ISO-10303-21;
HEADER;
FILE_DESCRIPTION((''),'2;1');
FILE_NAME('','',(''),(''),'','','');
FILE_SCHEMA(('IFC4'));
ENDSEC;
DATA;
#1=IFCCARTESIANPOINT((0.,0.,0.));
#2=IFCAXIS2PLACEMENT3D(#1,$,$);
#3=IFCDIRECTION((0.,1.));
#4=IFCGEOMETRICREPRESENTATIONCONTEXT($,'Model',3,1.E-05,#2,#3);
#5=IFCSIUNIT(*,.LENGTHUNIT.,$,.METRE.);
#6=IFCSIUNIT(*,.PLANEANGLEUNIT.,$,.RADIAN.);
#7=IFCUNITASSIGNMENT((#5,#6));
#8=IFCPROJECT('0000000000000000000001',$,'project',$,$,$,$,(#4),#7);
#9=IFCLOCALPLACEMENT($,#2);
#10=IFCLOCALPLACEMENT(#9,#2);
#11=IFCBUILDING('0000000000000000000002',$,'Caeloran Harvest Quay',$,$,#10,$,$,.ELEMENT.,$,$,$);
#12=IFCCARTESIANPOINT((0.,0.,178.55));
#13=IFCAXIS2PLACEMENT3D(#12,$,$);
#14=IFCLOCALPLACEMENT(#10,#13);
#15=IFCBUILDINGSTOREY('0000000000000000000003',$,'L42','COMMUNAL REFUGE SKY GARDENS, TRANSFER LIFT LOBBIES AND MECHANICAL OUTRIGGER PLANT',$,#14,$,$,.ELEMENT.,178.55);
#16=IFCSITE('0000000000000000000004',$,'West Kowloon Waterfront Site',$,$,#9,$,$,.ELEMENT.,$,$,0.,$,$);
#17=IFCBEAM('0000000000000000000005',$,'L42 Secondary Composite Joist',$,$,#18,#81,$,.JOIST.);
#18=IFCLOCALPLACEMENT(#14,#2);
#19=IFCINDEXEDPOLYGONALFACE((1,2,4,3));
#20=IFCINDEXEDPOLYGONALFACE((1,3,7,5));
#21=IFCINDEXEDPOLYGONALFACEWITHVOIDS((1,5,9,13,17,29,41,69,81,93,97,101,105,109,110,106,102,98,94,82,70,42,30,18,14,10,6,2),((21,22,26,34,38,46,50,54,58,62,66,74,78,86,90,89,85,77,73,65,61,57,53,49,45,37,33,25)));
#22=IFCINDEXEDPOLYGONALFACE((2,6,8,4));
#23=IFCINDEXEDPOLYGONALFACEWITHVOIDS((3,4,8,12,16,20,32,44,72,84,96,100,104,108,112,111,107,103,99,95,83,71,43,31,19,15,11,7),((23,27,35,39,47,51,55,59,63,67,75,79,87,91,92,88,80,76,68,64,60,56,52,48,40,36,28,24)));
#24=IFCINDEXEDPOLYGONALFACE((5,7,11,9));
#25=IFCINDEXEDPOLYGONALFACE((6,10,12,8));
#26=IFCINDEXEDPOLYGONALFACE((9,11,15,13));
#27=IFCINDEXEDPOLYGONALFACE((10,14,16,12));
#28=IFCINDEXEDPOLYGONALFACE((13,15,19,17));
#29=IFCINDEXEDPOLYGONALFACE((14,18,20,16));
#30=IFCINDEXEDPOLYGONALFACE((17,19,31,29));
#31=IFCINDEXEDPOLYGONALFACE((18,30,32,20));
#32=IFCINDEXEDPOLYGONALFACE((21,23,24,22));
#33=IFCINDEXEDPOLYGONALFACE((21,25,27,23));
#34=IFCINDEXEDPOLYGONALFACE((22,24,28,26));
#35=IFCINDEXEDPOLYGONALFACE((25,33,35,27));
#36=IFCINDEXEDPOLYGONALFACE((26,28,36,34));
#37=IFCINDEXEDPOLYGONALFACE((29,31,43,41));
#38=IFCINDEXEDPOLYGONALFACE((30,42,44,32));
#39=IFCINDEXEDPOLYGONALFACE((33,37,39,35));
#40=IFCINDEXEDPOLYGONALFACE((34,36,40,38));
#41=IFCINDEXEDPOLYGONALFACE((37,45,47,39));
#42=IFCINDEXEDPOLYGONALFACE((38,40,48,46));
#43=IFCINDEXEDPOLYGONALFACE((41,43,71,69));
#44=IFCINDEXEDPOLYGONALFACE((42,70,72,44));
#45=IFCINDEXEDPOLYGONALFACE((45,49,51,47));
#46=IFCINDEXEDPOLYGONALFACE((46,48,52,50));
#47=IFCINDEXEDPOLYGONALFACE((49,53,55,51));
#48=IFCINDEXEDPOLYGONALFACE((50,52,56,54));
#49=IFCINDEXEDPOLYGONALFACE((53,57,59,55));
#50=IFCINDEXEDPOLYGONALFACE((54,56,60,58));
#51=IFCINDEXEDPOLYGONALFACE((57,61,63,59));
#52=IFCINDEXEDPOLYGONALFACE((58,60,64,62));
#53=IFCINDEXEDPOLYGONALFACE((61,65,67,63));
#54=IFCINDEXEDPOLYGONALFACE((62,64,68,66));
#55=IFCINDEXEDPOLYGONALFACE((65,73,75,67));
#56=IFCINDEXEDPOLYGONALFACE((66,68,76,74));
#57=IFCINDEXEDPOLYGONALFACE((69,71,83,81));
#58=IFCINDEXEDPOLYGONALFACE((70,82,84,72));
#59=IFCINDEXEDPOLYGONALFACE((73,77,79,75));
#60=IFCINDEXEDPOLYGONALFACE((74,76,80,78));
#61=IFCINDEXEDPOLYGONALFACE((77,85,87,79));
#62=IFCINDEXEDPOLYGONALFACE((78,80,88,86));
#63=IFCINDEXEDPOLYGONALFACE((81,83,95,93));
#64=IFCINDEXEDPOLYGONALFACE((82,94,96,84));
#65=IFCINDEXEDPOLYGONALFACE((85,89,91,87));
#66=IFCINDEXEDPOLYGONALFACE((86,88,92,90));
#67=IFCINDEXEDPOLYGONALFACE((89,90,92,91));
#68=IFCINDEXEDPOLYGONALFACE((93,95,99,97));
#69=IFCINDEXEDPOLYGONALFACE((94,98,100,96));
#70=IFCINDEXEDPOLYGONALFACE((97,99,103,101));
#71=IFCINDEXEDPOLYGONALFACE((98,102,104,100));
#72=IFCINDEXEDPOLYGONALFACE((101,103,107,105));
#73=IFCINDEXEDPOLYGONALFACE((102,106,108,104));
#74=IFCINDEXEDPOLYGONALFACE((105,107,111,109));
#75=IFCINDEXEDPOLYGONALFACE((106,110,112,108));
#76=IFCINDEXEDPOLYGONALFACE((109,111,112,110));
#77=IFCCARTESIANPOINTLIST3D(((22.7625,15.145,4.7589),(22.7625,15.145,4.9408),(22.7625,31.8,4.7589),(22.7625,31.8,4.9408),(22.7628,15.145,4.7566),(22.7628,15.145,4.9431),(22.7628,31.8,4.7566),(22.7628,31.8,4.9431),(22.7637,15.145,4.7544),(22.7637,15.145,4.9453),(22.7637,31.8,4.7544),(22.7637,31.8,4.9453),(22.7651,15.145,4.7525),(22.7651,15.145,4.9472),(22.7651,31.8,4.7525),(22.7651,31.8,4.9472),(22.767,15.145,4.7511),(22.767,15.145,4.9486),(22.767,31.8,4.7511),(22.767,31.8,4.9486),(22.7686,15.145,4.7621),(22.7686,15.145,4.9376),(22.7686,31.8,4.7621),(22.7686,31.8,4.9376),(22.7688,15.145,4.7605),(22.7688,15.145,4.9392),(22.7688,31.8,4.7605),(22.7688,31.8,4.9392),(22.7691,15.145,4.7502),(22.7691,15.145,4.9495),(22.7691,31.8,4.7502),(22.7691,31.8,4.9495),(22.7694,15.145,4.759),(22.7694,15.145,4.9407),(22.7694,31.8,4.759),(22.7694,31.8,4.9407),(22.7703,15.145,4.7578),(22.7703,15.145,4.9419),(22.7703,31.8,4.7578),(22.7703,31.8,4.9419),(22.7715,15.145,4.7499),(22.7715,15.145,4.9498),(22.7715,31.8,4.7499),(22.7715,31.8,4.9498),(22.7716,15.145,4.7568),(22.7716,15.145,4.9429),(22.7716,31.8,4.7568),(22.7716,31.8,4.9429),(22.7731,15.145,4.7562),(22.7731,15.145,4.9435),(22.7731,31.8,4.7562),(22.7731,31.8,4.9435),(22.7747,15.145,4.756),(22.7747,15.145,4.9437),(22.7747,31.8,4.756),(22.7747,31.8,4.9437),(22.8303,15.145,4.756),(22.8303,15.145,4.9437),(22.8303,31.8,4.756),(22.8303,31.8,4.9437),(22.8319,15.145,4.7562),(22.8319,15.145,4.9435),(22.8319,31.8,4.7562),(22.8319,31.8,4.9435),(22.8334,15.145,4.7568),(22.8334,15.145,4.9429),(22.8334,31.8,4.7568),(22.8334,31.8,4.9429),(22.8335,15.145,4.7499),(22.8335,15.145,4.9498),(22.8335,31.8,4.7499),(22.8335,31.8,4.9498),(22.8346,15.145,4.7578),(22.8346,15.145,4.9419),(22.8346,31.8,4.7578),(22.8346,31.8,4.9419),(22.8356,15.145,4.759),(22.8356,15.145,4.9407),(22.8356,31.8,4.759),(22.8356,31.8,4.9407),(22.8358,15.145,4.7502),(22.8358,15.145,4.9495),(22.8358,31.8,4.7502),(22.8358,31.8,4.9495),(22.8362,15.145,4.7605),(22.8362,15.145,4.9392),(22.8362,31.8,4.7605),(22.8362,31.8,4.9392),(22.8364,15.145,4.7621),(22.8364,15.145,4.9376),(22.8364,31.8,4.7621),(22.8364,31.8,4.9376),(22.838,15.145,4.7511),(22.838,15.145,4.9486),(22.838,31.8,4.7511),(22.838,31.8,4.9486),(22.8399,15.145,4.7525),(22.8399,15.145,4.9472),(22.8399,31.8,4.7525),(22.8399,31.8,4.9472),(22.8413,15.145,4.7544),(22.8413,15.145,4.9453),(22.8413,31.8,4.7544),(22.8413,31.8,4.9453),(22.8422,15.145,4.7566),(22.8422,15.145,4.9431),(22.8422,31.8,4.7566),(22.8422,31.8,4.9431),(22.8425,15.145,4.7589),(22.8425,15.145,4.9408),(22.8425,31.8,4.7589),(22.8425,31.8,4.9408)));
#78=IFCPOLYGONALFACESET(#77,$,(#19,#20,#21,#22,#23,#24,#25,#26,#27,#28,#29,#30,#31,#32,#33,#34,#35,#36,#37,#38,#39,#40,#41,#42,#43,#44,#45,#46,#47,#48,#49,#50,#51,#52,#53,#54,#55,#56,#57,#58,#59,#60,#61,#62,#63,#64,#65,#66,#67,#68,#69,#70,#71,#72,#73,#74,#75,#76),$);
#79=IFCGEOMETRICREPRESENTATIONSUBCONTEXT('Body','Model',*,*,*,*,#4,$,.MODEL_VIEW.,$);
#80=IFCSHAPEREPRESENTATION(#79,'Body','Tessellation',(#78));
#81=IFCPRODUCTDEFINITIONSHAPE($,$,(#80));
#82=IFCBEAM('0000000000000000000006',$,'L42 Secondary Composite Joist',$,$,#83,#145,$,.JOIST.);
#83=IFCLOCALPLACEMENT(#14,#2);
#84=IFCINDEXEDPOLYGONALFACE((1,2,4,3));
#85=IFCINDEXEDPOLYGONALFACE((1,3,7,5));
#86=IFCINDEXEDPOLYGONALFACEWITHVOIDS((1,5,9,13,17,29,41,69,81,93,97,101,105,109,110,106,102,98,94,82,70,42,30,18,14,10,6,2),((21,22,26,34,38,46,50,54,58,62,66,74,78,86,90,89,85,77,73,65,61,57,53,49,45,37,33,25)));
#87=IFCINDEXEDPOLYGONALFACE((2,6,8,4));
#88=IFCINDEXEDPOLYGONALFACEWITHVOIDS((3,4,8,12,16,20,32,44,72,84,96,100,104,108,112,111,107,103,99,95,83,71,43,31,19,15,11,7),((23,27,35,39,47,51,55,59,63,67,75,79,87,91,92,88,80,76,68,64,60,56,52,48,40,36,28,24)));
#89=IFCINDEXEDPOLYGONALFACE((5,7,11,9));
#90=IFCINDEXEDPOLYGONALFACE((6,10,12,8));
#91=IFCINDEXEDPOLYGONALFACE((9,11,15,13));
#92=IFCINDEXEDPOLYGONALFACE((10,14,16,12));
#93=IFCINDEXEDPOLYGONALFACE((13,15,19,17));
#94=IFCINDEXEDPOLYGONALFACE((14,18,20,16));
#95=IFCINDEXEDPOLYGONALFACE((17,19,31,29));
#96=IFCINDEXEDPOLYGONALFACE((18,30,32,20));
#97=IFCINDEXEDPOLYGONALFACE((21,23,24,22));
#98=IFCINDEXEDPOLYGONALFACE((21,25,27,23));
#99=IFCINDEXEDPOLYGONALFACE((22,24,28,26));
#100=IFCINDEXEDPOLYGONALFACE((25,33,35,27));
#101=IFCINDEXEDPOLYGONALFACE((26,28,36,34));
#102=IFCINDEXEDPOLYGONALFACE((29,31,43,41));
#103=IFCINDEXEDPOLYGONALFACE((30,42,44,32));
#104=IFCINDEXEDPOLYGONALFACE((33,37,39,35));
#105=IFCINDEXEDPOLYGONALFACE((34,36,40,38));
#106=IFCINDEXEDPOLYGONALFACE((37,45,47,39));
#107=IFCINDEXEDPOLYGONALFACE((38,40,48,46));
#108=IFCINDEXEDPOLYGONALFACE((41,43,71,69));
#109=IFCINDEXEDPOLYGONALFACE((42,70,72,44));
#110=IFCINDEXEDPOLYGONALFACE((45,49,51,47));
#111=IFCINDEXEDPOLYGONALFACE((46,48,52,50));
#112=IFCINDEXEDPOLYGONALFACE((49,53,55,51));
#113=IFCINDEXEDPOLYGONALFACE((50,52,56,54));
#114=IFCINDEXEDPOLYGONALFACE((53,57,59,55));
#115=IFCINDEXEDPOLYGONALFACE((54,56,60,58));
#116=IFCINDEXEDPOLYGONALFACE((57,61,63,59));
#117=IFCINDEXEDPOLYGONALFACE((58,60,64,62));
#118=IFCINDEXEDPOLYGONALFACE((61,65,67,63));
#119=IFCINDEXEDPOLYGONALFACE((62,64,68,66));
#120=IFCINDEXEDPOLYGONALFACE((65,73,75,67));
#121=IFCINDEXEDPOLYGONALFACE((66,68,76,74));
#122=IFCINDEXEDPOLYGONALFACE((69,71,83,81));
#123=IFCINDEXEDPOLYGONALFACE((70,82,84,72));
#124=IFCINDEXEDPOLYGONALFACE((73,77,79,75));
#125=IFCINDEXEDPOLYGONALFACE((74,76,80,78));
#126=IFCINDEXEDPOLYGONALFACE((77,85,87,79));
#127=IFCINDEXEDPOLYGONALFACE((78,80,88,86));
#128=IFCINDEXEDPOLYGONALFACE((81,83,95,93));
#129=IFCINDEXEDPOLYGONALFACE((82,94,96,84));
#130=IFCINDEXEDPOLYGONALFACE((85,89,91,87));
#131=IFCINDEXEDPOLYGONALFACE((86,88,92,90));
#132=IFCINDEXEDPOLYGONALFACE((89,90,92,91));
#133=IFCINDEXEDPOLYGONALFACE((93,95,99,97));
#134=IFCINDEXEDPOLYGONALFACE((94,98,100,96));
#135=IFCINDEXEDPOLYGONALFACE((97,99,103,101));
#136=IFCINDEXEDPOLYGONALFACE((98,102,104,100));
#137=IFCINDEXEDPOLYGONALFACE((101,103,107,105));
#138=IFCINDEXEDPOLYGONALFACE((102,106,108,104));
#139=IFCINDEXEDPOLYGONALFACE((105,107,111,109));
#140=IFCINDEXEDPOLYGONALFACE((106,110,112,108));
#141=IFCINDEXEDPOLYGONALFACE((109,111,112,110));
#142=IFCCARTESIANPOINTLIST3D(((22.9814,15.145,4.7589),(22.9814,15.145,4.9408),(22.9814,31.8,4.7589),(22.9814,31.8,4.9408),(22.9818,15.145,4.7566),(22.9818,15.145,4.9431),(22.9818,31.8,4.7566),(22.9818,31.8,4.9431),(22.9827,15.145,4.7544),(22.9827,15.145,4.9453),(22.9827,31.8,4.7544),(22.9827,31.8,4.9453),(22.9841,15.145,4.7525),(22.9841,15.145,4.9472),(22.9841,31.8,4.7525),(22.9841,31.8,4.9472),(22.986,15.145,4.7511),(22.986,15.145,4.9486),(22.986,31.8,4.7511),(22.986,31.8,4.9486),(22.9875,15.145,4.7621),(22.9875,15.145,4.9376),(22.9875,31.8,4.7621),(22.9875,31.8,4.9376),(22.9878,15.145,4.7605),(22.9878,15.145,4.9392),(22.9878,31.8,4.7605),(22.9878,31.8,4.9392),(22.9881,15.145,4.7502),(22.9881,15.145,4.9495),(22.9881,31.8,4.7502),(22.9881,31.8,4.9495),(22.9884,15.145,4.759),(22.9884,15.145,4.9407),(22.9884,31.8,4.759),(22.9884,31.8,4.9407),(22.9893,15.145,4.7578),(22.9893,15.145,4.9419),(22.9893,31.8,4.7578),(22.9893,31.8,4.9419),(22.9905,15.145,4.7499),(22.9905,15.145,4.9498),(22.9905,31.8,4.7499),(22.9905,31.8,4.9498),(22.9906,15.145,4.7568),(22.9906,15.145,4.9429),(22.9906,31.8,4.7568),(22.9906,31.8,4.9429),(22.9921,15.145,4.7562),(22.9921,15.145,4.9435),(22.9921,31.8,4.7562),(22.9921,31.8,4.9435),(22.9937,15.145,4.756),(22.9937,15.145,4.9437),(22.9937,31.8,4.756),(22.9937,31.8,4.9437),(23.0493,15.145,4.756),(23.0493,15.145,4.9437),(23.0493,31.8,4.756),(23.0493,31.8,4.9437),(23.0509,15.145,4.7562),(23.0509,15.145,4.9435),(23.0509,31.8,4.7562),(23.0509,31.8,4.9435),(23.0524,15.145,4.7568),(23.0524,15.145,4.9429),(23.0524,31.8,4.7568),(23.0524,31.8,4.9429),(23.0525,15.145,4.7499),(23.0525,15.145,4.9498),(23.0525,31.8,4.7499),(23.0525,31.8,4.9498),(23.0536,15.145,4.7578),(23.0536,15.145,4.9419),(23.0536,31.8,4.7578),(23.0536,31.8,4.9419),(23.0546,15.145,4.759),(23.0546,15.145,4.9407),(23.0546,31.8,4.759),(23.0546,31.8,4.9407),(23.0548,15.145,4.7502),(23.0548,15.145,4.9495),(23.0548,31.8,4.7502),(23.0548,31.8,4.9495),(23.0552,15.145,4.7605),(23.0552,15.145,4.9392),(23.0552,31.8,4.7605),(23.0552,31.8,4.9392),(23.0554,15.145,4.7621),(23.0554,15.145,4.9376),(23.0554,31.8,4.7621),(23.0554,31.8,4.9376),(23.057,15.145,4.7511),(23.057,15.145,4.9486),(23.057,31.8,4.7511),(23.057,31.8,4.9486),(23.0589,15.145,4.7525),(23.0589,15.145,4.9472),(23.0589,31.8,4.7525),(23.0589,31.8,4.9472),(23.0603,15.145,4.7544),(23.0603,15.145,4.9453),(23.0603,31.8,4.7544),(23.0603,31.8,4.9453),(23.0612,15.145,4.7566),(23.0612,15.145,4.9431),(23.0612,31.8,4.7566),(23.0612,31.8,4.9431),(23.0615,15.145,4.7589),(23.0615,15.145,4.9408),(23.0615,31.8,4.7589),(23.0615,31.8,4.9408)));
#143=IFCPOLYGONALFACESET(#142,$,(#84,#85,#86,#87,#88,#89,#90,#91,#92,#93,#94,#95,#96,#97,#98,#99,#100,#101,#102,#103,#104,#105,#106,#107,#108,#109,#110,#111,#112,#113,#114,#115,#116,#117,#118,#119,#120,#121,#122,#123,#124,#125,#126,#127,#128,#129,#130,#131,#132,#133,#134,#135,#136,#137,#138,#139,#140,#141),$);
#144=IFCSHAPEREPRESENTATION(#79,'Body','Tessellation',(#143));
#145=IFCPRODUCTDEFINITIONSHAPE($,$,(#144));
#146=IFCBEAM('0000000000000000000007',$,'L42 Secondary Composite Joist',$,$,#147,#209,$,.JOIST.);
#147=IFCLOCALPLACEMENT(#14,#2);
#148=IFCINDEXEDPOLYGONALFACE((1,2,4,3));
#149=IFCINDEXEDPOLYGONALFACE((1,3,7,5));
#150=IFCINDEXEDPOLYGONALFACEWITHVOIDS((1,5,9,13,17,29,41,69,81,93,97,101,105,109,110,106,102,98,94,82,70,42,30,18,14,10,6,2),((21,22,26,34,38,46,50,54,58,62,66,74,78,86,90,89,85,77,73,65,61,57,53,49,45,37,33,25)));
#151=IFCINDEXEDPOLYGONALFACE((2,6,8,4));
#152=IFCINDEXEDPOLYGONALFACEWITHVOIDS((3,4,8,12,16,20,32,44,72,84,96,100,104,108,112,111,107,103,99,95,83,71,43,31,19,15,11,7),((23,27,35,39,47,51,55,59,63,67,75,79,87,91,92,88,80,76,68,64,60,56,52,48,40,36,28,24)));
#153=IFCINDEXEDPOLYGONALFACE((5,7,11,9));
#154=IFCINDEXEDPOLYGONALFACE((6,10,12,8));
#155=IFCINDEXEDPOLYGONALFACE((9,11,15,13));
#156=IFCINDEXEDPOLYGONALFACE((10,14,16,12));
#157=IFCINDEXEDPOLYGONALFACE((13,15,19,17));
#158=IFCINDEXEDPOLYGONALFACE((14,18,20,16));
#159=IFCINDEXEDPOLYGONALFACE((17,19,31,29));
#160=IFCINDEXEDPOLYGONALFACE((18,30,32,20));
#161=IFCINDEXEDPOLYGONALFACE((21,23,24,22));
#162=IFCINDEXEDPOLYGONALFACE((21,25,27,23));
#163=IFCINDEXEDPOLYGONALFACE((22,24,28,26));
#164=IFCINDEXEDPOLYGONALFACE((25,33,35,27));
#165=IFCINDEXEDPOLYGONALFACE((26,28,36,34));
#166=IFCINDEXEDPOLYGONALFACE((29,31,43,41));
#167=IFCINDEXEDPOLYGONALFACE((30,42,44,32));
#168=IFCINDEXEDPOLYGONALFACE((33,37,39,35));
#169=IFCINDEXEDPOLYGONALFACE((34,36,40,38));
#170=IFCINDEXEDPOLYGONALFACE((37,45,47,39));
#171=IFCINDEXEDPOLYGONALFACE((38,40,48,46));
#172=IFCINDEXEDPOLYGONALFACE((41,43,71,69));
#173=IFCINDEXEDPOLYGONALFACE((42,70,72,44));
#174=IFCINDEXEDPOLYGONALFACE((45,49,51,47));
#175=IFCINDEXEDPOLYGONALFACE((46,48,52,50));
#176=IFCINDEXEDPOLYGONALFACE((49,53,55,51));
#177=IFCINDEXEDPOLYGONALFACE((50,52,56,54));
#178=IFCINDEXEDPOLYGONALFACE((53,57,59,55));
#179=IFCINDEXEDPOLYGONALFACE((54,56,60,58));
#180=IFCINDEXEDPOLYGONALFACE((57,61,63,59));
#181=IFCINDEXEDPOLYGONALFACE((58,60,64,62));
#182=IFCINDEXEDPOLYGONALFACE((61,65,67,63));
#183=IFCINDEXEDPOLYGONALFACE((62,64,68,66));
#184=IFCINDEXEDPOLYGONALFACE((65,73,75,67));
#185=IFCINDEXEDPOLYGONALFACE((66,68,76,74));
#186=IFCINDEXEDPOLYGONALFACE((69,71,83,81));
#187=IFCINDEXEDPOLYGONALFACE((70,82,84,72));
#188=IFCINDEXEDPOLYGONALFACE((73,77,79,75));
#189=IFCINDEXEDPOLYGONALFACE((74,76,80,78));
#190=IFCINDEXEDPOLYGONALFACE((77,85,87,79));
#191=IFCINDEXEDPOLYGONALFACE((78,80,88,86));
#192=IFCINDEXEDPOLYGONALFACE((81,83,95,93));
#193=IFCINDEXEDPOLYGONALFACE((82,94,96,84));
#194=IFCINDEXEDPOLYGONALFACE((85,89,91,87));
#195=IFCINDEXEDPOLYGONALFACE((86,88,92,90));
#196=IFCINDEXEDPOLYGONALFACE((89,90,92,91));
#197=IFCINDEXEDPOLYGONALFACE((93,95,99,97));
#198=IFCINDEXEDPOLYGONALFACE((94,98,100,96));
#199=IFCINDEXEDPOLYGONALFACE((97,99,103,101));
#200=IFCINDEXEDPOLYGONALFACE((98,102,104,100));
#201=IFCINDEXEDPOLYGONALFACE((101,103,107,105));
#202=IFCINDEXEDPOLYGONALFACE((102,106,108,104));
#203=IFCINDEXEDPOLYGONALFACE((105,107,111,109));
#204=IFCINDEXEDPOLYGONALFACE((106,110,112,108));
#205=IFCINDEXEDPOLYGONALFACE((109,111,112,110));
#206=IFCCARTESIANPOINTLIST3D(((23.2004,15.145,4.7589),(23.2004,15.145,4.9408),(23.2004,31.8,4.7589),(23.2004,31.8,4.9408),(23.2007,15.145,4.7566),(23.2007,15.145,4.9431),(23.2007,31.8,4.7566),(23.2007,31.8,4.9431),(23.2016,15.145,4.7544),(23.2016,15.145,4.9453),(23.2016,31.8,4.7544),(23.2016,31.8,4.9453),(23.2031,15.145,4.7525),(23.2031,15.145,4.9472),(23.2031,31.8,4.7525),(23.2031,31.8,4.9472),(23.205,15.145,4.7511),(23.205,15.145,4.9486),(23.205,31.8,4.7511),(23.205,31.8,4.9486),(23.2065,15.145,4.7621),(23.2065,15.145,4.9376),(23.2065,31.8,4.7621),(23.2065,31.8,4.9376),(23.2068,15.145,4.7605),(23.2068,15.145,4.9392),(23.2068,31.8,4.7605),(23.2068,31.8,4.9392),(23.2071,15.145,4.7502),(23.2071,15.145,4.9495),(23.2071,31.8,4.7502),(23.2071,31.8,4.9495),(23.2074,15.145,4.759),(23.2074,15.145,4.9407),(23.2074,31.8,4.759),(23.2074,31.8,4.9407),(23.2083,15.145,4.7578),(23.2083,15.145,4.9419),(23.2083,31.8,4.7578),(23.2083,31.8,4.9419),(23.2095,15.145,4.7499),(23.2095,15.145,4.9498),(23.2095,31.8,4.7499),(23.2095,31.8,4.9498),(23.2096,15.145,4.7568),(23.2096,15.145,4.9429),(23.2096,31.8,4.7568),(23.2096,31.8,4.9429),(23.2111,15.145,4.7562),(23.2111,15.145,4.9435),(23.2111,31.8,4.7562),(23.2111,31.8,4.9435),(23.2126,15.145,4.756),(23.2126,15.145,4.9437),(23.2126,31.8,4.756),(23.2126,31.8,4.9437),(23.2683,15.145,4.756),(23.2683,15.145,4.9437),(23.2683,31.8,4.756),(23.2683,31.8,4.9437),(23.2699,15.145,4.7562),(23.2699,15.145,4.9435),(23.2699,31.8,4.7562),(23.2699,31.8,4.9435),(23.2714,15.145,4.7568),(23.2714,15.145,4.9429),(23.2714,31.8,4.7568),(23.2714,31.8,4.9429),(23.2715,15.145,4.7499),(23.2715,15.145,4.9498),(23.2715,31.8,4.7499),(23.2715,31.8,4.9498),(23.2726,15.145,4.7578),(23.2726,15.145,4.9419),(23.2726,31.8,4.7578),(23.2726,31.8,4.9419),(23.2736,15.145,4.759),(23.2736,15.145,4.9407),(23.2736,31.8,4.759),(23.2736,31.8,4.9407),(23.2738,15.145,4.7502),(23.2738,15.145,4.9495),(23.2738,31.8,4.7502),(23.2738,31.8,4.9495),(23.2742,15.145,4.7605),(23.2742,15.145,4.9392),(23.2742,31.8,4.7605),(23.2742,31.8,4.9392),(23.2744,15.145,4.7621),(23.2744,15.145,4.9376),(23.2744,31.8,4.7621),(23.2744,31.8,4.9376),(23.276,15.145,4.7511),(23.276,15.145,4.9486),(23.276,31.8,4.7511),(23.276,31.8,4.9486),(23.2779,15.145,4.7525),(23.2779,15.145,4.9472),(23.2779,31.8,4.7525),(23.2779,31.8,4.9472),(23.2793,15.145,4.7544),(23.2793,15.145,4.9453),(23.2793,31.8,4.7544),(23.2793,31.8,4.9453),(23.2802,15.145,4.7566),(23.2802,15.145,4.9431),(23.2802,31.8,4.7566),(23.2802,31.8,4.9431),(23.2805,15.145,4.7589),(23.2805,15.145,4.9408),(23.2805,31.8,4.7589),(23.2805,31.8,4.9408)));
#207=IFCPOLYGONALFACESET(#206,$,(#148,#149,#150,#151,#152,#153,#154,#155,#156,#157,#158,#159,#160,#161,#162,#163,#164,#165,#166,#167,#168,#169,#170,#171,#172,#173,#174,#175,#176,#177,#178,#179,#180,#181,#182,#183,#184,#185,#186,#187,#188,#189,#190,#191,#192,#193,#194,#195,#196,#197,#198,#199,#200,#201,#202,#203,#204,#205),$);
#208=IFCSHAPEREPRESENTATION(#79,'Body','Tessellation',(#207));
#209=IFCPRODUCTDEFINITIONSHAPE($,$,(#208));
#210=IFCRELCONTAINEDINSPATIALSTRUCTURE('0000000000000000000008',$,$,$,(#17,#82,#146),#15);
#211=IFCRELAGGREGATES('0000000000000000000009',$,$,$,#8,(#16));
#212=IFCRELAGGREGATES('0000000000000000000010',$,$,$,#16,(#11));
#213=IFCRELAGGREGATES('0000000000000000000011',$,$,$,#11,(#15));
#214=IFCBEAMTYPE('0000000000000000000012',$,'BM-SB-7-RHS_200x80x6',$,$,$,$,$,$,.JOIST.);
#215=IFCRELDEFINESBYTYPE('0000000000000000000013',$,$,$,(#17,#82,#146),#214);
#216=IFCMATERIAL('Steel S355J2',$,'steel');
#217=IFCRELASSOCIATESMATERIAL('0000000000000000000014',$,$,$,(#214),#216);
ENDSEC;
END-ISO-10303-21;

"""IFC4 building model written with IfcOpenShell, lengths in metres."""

from ifc_helpers import new_model, si_unit, direction, frame, origin, origin_2d, place, context, subcontext, project, spatial, hollow_rectangle, extrude, material, material_profile, profile_set, type_object, element, save


model = new_model("IFC4")

# Units and contexts
model_context = context("Model", 3, precision=1e-05, world=origin(), true_north=direction((0.0, 1.0)))
body_context = subcontext(model_context, "Body", "Model", "MODEL_VIEW")
ifc_project = project(units=[si_unit("LENGTHUNIT", "METRE"), si_unit("PLANEANGLEUNIT", "RADIAN")], contexts=[model_context])

# Site, building, storey
site_placement = place(None, origin())
site = spatial("IfcSite", under=ifc_project, at=site_placement, Name="West Kowloon Waterfront Site", CompositionType="ELEMENT", RefElevation=0.0)
building_placement = place(site_placement, origin())
building = spatial("IfcBuilding", under=site, at=building_placement, Name="Caeloran Harvest Quay", CompositionType="ELEMENT")
storey_placement = place(building_placement, frame((0.0, 0.0, 178.55)))
storey = spatial("IfcBuildingStorey", under=building, at=storey_placement, Name="L42", Description="COMMUNAL REFUGE SKY GARDENS, TRANSFER LIFT LOBBIES AND MECHANICAL OUTRIGGER PLANT", CompositionType="ELEMENT", Elevation=178.55)

# Beams
ifc_material_1 = material(Name="Steel S355J2", Category="steel")
ifc_material_profile_1 = material_profile(ifc_material_1, hollow_rectangle(XDim=0.0801, YDim=0.2, WallThickness=0.0061, InnerFilletRadius=0.0061, OuterFilletRadius=0.009, at=origin_2d()), Name="RHS 200x80x6")
ifc_profile_set_1 = profile_set([ifc_material_profile_1], Name="Steel S355J2")
beam_type_1 = type_object("IfcBeamType", Name="BM-SB-7-RHS_200x80x6", PredefinedType="JOIST", material=ifc_profile_set_1)
for number, where, z_axis, x_axis, name in (
    (1, (22.8025, 15.145, 4.8499), (0.0, 1.0, 0.0), (-1.0, 0.0, 0.0), "L42 Secondary Composite Joist"),
    (2, (23.0215, 15.145, 4.8499), (0.0, 1.0, 0.0), (-1.0, 0.0, 0.0), "L42 Secondary Composite Joist"),
    (3, (23.2405, 15.145, 4.8499), (0.0, 1.0, 0.0), (-1.0, 0.0, 0.0), "L42 Secondary Composite Joist"),
):
    element("IfcBeam", number, at=place(storey_placement, frame(where, z_axis=z_axis, x_axis=x_axis)), inside=storey, type_object=beam_type_1, Name=name, PredefinedType="JOIST", context=body_context, shape_type="SweptSolid", body=[
        extrude(hollow_rectangle(XDim=0.0801, YDim=0.2, WallThickness=0.0061, InnerFilletRadius=0.0061, OuterFilletRadius=0.009, at=origin_2d()), origin(), (0.0, 0.0, 1.0), 16.655),
    ])

save(model, "model.ifc")
